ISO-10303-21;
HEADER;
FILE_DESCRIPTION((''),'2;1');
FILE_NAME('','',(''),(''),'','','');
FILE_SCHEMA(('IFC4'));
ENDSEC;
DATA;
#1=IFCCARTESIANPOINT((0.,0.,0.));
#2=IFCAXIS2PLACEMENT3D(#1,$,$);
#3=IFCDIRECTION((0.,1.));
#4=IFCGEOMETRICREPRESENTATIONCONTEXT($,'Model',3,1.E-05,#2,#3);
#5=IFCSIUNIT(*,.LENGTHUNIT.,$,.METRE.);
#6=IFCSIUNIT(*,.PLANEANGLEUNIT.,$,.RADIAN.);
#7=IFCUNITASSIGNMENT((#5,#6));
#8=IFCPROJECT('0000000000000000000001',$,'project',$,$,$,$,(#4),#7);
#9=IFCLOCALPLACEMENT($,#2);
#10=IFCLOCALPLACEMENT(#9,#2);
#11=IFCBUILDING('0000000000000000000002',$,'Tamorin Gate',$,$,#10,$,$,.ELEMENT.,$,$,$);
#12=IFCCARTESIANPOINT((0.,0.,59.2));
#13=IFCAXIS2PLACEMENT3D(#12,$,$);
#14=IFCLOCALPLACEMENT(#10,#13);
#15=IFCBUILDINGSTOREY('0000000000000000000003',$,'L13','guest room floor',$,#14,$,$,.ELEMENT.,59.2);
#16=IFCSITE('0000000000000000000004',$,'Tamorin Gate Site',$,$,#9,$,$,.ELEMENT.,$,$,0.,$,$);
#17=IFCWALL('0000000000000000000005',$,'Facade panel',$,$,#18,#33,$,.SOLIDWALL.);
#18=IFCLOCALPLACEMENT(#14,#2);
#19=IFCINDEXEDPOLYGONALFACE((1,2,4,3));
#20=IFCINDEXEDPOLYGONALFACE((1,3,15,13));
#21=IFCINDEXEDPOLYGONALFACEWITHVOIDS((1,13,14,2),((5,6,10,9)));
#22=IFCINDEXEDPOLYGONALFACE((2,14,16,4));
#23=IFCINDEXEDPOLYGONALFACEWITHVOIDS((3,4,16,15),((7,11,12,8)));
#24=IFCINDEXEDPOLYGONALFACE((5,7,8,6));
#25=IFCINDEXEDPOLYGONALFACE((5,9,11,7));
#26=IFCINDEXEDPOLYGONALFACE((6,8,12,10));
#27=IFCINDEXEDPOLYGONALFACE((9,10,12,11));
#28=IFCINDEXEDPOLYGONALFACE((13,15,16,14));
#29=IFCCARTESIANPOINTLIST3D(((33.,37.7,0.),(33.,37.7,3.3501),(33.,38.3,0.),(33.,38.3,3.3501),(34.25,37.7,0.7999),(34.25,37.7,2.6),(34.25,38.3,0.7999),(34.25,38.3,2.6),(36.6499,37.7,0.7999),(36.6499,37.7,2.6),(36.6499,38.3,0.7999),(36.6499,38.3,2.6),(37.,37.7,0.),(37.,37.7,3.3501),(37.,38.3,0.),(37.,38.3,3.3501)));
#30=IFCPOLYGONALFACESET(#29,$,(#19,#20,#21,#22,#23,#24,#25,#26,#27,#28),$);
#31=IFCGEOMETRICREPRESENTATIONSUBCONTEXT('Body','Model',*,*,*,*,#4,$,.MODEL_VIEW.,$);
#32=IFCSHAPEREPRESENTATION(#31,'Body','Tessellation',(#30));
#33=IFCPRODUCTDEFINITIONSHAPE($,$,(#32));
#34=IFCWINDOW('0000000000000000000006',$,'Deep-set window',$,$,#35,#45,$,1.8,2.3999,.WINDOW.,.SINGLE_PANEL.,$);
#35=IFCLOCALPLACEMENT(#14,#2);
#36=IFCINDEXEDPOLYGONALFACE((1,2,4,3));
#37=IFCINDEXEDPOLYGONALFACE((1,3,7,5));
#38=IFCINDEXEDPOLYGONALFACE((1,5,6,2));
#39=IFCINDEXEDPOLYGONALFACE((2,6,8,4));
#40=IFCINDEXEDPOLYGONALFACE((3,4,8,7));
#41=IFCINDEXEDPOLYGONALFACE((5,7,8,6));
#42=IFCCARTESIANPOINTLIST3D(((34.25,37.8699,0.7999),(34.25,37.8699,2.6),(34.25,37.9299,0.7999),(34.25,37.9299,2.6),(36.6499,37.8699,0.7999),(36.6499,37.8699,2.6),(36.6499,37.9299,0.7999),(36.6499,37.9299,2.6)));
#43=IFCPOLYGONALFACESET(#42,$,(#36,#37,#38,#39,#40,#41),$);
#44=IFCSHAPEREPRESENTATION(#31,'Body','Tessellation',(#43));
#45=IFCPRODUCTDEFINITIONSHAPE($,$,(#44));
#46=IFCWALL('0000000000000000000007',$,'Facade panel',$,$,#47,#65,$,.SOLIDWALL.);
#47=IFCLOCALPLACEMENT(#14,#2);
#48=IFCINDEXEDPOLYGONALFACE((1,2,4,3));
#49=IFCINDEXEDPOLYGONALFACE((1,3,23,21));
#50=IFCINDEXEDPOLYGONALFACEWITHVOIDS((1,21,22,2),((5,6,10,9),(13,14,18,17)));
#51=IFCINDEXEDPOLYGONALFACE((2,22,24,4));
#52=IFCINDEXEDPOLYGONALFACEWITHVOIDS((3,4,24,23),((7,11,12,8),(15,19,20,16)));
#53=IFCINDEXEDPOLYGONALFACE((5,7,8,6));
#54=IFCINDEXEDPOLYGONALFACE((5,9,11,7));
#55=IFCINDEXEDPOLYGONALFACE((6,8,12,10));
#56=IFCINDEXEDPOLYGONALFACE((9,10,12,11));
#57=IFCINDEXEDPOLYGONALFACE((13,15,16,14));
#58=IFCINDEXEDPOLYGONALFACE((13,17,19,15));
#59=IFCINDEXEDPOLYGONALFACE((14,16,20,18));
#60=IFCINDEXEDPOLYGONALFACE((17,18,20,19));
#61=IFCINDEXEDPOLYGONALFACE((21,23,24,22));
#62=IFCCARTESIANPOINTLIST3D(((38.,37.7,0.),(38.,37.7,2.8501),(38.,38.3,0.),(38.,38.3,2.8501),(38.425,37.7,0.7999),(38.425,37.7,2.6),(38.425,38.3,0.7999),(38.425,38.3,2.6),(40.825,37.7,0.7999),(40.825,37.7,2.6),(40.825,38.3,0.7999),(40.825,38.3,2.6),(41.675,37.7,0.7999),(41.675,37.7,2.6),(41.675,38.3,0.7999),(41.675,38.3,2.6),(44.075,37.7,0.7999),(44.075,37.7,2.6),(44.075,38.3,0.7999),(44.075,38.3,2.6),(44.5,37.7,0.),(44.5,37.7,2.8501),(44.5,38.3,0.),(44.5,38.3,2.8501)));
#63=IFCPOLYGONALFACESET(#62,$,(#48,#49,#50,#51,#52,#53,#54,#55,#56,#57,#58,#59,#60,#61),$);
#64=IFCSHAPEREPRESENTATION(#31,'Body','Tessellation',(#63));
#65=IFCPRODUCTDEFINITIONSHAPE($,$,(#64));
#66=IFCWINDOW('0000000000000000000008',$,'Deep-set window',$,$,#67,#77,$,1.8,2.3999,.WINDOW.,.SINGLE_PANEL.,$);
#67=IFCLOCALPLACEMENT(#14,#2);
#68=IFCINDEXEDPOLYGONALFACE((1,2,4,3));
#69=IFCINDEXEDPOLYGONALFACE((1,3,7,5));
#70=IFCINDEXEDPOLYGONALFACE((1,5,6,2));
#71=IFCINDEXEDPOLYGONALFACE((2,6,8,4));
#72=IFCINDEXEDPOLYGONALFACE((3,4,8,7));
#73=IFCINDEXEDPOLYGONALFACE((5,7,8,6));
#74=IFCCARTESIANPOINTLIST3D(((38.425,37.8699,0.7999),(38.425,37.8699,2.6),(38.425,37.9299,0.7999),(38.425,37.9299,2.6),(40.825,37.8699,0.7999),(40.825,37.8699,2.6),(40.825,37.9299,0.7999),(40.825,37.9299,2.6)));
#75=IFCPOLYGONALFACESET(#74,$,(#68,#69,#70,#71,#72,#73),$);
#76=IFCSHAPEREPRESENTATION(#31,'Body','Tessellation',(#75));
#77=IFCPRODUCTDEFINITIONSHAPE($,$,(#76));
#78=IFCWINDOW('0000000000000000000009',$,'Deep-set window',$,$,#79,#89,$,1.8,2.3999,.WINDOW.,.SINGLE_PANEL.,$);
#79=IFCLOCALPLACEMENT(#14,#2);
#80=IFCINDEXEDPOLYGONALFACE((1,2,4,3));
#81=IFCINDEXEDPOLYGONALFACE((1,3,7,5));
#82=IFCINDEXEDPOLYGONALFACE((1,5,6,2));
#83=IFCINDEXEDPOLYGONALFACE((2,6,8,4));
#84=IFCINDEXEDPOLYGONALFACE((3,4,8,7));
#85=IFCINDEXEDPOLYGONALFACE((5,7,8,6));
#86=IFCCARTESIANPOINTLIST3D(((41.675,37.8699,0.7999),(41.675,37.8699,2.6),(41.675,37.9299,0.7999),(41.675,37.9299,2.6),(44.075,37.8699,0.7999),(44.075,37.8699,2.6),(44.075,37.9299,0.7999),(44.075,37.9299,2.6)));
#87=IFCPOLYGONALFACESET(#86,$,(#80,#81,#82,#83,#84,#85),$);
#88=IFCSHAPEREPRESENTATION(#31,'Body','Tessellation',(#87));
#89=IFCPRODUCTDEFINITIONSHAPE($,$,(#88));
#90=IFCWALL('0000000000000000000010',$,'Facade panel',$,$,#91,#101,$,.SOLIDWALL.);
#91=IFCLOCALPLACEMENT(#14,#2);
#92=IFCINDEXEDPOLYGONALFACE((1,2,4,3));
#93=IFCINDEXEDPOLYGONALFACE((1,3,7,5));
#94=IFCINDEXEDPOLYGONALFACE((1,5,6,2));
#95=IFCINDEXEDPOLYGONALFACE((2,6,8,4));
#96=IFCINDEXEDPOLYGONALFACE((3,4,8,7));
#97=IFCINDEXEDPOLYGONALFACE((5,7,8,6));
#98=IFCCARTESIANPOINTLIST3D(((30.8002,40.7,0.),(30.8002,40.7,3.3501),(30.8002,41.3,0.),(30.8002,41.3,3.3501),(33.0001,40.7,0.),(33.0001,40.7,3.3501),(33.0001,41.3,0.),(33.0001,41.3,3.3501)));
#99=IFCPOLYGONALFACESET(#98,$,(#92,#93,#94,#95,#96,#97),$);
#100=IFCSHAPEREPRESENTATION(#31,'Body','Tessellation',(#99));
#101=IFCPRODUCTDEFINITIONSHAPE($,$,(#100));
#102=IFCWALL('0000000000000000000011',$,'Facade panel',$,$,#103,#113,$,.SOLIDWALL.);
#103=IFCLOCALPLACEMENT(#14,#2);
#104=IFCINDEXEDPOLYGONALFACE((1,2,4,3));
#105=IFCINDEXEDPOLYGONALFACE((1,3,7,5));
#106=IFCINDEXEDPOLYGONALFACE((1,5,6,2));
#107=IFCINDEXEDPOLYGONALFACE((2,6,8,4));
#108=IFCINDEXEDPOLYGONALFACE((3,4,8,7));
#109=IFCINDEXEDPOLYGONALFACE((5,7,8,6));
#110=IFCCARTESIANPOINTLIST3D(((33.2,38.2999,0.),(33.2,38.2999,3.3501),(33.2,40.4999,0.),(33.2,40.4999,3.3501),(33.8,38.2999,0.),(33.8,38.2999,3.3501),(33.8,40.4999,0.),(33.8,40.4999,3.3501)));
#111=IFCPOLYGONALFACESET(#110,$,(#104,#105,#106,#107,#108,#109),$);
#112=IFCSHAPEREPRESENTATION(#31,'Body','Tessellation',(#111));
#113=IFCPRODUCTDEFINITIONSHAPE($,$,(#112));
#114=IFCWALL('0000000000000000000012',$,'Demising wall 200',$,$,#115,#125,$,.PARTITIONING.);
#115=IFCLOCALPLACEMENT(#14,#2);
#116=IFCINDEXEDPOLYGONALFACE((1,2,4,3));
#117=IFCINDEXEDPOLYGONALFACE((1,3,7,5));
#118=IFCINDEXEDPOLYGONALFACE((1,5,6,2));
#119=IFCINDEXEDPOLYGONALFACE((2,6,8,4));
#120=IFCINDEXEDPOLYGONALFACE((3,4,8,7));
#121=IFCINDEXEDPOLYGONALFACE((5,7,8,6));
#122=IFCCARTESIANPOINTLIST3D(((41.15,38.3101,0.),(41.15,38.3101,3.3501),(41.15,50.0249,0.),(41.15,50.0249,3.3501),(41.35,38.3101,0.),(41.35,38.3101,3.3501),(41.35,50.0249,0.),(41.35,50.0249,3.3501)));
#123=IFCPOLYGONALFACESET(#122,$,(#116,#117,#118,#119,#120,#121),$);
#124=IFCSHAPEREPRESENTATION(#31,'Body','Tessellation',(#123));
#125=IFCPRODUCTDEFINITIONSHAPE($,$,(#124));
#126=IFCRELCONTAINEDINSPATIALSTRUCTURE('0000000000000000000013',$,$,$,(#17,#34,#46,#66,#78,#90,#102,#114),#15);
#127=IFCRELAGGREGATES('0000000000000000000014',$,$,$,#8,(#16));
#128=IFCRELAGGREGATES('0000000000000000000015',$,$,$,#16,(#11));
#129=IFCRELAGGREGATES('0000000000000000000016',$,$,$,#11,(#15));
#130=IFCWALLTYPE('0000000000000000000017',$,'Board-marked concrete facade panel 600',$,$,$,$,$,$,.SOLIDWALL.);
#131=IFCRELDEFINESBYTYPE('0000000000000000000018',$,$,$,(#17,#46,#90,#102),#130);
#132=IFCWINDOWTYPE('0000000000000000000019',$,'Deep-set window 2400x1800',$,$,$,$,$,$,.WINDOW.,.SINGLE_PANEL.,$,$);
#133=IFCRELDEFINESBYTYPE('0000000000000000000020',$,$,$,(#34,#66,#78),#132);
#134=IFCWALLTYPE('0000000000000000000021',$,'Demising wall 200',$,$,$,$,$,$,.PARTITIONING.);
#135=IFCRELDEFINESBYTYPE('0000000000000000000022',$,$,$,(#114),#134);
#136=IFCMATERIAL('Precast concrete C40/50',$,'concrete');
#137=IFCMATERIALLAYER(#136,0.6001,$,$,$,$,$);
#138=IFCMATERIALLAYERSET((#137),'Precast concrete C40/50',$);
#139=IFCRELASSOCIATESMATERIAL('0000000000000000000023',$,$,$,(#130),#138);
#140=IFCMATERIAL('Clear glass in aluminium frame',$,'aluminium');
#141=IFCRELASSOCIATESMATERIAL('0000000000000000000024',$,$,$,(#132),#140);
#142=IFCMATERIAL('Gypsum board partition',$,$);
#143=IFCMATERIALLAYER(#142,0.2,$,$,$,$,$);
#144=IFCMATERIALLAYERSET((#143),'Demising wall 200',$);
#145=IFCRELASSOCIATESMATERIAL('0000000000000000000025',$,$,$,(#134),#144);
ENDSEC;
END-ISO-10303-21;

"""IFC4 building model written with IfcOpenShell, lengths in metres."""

from ifc_helpers import new_model, si_unit, direction, frame, frame_2d, origin, place, context, subcontext, project, spatial, rectangle, extrude, material, layer, layer_set, type_object, element, fill, save


model = new_model("IFC4")

# Units and contexts
model_context = context("Model", 3, precision=1e-05, world=origin(), true_north=direction((0.0, 1.0)))
body_context = subcontext(model_context, "Body", "Model", "MODEL_VIEW")
ifc_project = project(units=[si_unit("LENGTHUNIT", "METRE"), si_unit("PLANEANGLEUNIT", "RADIAN")], contexts=[model_context])

# Site, building, storey
site_placement = place(None, origin())
site = spatial("IfcSite", under=ifc_project, at=site_placement, Name="Tamorin Gate Site", CompositionType="ELEMENT", RefElevation=0.0)
building_placement = place(site_placement, origin())
building = spatial("IfcBuilding", under=site, at=building_placement, Name="Tamorin Gate", CompositionType="ELEMENT")
storey_placement = place(building_placement, frame((0.0, 0.0, 59.2)))
storey = spatial("IfcBuildingStorey", under=building, at=storey_placement, Name="L13", Description="guest room floor", CompositionType="ELEMENT", Elevation=59.2)

# Wall, opening, window
ifc_material_1 = material(Name="Precast concrete C40/50", Category="concrete")
ifc_layer_1 = layer(ifc_material_1, 0.6001)
ifc_layer_set_1 = layer_set([ifc_layer_1], Name="Precast concrete C40/50")
wall_type_1 = type_object("IfcWallType", Name="Board-marked concrete facade panel 600", PredefinedType="SOLIDWALL", material=ifc_layer_set_1)
wall_1_placement = place(storey_placement, frame((33.0, 38.0, 0.0), z_axis=(0.0, 0.0, 1.0), x_axis=(1.0, 0.0, 0.0)))
wall_1 = element("IfcWall", 1, at=wall_1_placement, inside=storey, type_object=wall_type_1, Name="Facade panel", PredefinedType="SOLIDWALL", context=body_context, shape_type="SweptSolid", body=[
    extrude(rectangle(XDim=4.0, YDim=0.6001, at=frame_2d((2.0, 0.0))), origin(), (0.0, 0.0, 1.0), 3.3501),
])
opening_1_placement = place(wall_1_placement, frame((1.25, 0.0, 0.8)))
opening_1 = element("IfcOpeningElement", 2, at=opening_1_placement, cuts=wall_1, PredefinedType="OPENING", context=body_context, shape_type="SweptSolid", body=[
    extrude(rectangle(XDim=2.3999, YDim=1.8, at=frame_2d((1.2, 0.8999))), frame((0.0, 0.3101, 0.0), z_axis=(0.0, -1.0, 0.0), x_axis=(1.0, 0.0, 0.0)), (0.0, 0.0, 1.0), 0.6201),
])
ifc_material_2 = material(Name="Clear glass in aluminium frame", Category="aluminium")
window_type = type_object("IfcWindowType", Name="Deep-set window 2400x1800", PartitioningType="SINGLE_PANEL", PredefinedType="WINDOW", material=ifc_material_2)
window_1_placement = place(opening_1_placement, origin())
window_1 = element("IfcWindow", 3, at=window_1_placement, inside=storey, type_object=window_type, Name="Deep-set window", OverallHeight=1.8, OverallWidth=2.3999, PartitioningType="SINGLE_PANEL", PredefinedType="WINDOW", context=body_context, shape_type="SweptSolid", body=[
    extrude(rectangle(XDim=2.3999, YDim=1.8, at=frame_2d((1.2, 0.8999))), frame((0.0, -0.0701, 0.0), z_axis=(0.0, -1.0, 0.0), x_axis=(1.0, 0.0, 0.0)), (0.0, 0.0, 1.0), 0.0601),
])
fill(opening_1, window_1)

# Wall, openings, windows
wall_2_placement = place(storey_placement, frame((38.0, 38.0, 0.0), z_axis=(0.0, 0.0, 1.0), x_axis=(1.0, 0.0, 0.0)))
wall_2 = element("IfcWall", 4, at=wall_2_placement, inside=storey, type_object=wall_type_1, Name="Facade panel", PredefinedType="SOLIDWALL", context=body_context, shape_type="SweptSolid", body=[
    extrude(rectangle(XDim=6.5, YDim=0.6001, at=frame_2d((3.25, 0.0))), origin(), (0.0, 0.0, 1.0), 2.8501),
])
opening_2_placement = place(wall_2_placement, frame((0.425, 0.0, 0.8)))
opening_2 = element("IfcOpeningElement", 5, at=opening_2_placement, cuts=wall_2, PredefinedType="OPENING", context=body_context, shape_type="SweptSolid", body=[
    extrude(rectangle(XDim=2.3999, YDim=1.8, at=frame_2d((1.2, 0.8999))), frame((0.0, 0.3101, 0.0), z_axis=(0.0, -1.0, 0.0), x_axis=(1.0, 0.0, 0.0)), (0.0, 0.0, 1.0), 0.6201),
])
opening_3_placement = place(wall_2_placement, frame((3.675, 0.0, 0.8)))
opening_3 = element("IfcOpeningElement", 6, at=opening_3_placement, cuts=wall_2, PredefinedType="OPENING", context=body_context, shape_type="SweptSolid", body=[
    extrude(rectangle(XDim=2.3999, YDim=1.8, at=frame_2d((1.2, 0.8999))), frame((0.0, 0.3101, 0.0), z_axis=(0.0, -1.0, 0.0), x_axis=(1.0, 0.0, 0.0)), (0.0, 0.0, 1.0), 0.6201),
])
window_2_placement = place(opening_2_placement, origin())
window_2 = element("IfcWindow", 7, at=window_2_placement, inside=storey, type_object=window_type, Name="Deep-set window", OverallHeight=1.8, OverallWidth=2.3999, PartitioningType="SINGLE_PANEL", PredefinedType="WINDOW", context=body_context, shape_type="SweptSolid", body=[
    extrude(rectangle(XDim=2.3999, YDim=1.8, at=frame_2d((1.2, 0.8999))), frame((0.0, -0.0701, 0.0), z_axis=(0.0, -1.0, 0.0), x_axis=(1.0, 0.0, 0.0)), (0.0, 0.0, 1.0), 0.0601),
])
fill(opening_2, window_2)
window_3_placement = place(opening_3_placement, origin())
window_3 = element("IfcWindow", 8, at=window_3_placement, inside=storey, type_object=window_type, Name="Deep-set window", OverallHeight=1.8, OverallWidth=2.3999, PartitioningType="SINGLE_PANEL", PredefinedType="WINDOW", context=body_context, shape_type="SweptSolid", body=[
    extrude(rectangle(XDim=2.3999, YDim=1.8, at=frame_2d((1.2, 0.8999))), frame((0.0, -0.0701, 0.0), z_axis=(0.0, -1.0, 0.0), x_axis=(1.0, 0.0, 0.0)), (0.0, 0.0, 1.0), 0.0601),
])
fill(opening_3, window_3)

# Walls
for number, where, z_axis, x_axis, name in (
    (9, (30.8, 41.0, 0.0), (0.0, 0.0, 1.0), (1.0, 0.0, 0.0), "Facade panel"),
    (10, (33.5, 40.5, 0.0), (0.0, 0.0, 1.0), (0.0, -1.0, 0.0), "Facade panel"),
):
    element("IfcWall", number, at=place(storey_placement, frame(where, z_axis=z_axis, x_axis=x_axis)), inside=storey, type_object=wall_type_1, Name=name, PredefinedType="SOLIDWALL", context=body_context, shape_type="SweptSolid", body=[
        extrude(rectangle(XDim=2.2, YDim=0.6001, at=frame_2d((1.1001, 0.0))), origin(), (0.0, 0.0, 1.0), 3.3501),
    ])
ifc_material_3 = material(Name="Gypsum board partition")
ifc_layer_2 = layer(ifc_material_3, 0.2)
ifc_layer_set_2 = layer_set([ifc_layer_2], Name="Demising wall 200")
wall_type_2 = type_object("IfcWallType", Name="Demising wall 200", PredefinedType="PARTITIONING", material=ifc_layer_set_2)
wall_3_placement = place(storey_placement, frame((41.25, 38.3101, 0.0), z_axis=(0.0, 0.0, 1.0), x_axis=(0.0, 1.0, 0.0)))
element("IfcWall", 11, at=wall_3_placement, inside=storey, type_object=wall_type_2, Name="Demising wall 200", PredefinedType="PARTITIONING", context=body_context, shape_type="SweptSolid", body=[
    extrude(rectangle(XDim=11.7148, YDim=0.2, at=frame_2d((5.8574, 0.0))), origin(), (0.0, 0.0, 1.0), 3.3501),
])

save(model, "model.ifc")
